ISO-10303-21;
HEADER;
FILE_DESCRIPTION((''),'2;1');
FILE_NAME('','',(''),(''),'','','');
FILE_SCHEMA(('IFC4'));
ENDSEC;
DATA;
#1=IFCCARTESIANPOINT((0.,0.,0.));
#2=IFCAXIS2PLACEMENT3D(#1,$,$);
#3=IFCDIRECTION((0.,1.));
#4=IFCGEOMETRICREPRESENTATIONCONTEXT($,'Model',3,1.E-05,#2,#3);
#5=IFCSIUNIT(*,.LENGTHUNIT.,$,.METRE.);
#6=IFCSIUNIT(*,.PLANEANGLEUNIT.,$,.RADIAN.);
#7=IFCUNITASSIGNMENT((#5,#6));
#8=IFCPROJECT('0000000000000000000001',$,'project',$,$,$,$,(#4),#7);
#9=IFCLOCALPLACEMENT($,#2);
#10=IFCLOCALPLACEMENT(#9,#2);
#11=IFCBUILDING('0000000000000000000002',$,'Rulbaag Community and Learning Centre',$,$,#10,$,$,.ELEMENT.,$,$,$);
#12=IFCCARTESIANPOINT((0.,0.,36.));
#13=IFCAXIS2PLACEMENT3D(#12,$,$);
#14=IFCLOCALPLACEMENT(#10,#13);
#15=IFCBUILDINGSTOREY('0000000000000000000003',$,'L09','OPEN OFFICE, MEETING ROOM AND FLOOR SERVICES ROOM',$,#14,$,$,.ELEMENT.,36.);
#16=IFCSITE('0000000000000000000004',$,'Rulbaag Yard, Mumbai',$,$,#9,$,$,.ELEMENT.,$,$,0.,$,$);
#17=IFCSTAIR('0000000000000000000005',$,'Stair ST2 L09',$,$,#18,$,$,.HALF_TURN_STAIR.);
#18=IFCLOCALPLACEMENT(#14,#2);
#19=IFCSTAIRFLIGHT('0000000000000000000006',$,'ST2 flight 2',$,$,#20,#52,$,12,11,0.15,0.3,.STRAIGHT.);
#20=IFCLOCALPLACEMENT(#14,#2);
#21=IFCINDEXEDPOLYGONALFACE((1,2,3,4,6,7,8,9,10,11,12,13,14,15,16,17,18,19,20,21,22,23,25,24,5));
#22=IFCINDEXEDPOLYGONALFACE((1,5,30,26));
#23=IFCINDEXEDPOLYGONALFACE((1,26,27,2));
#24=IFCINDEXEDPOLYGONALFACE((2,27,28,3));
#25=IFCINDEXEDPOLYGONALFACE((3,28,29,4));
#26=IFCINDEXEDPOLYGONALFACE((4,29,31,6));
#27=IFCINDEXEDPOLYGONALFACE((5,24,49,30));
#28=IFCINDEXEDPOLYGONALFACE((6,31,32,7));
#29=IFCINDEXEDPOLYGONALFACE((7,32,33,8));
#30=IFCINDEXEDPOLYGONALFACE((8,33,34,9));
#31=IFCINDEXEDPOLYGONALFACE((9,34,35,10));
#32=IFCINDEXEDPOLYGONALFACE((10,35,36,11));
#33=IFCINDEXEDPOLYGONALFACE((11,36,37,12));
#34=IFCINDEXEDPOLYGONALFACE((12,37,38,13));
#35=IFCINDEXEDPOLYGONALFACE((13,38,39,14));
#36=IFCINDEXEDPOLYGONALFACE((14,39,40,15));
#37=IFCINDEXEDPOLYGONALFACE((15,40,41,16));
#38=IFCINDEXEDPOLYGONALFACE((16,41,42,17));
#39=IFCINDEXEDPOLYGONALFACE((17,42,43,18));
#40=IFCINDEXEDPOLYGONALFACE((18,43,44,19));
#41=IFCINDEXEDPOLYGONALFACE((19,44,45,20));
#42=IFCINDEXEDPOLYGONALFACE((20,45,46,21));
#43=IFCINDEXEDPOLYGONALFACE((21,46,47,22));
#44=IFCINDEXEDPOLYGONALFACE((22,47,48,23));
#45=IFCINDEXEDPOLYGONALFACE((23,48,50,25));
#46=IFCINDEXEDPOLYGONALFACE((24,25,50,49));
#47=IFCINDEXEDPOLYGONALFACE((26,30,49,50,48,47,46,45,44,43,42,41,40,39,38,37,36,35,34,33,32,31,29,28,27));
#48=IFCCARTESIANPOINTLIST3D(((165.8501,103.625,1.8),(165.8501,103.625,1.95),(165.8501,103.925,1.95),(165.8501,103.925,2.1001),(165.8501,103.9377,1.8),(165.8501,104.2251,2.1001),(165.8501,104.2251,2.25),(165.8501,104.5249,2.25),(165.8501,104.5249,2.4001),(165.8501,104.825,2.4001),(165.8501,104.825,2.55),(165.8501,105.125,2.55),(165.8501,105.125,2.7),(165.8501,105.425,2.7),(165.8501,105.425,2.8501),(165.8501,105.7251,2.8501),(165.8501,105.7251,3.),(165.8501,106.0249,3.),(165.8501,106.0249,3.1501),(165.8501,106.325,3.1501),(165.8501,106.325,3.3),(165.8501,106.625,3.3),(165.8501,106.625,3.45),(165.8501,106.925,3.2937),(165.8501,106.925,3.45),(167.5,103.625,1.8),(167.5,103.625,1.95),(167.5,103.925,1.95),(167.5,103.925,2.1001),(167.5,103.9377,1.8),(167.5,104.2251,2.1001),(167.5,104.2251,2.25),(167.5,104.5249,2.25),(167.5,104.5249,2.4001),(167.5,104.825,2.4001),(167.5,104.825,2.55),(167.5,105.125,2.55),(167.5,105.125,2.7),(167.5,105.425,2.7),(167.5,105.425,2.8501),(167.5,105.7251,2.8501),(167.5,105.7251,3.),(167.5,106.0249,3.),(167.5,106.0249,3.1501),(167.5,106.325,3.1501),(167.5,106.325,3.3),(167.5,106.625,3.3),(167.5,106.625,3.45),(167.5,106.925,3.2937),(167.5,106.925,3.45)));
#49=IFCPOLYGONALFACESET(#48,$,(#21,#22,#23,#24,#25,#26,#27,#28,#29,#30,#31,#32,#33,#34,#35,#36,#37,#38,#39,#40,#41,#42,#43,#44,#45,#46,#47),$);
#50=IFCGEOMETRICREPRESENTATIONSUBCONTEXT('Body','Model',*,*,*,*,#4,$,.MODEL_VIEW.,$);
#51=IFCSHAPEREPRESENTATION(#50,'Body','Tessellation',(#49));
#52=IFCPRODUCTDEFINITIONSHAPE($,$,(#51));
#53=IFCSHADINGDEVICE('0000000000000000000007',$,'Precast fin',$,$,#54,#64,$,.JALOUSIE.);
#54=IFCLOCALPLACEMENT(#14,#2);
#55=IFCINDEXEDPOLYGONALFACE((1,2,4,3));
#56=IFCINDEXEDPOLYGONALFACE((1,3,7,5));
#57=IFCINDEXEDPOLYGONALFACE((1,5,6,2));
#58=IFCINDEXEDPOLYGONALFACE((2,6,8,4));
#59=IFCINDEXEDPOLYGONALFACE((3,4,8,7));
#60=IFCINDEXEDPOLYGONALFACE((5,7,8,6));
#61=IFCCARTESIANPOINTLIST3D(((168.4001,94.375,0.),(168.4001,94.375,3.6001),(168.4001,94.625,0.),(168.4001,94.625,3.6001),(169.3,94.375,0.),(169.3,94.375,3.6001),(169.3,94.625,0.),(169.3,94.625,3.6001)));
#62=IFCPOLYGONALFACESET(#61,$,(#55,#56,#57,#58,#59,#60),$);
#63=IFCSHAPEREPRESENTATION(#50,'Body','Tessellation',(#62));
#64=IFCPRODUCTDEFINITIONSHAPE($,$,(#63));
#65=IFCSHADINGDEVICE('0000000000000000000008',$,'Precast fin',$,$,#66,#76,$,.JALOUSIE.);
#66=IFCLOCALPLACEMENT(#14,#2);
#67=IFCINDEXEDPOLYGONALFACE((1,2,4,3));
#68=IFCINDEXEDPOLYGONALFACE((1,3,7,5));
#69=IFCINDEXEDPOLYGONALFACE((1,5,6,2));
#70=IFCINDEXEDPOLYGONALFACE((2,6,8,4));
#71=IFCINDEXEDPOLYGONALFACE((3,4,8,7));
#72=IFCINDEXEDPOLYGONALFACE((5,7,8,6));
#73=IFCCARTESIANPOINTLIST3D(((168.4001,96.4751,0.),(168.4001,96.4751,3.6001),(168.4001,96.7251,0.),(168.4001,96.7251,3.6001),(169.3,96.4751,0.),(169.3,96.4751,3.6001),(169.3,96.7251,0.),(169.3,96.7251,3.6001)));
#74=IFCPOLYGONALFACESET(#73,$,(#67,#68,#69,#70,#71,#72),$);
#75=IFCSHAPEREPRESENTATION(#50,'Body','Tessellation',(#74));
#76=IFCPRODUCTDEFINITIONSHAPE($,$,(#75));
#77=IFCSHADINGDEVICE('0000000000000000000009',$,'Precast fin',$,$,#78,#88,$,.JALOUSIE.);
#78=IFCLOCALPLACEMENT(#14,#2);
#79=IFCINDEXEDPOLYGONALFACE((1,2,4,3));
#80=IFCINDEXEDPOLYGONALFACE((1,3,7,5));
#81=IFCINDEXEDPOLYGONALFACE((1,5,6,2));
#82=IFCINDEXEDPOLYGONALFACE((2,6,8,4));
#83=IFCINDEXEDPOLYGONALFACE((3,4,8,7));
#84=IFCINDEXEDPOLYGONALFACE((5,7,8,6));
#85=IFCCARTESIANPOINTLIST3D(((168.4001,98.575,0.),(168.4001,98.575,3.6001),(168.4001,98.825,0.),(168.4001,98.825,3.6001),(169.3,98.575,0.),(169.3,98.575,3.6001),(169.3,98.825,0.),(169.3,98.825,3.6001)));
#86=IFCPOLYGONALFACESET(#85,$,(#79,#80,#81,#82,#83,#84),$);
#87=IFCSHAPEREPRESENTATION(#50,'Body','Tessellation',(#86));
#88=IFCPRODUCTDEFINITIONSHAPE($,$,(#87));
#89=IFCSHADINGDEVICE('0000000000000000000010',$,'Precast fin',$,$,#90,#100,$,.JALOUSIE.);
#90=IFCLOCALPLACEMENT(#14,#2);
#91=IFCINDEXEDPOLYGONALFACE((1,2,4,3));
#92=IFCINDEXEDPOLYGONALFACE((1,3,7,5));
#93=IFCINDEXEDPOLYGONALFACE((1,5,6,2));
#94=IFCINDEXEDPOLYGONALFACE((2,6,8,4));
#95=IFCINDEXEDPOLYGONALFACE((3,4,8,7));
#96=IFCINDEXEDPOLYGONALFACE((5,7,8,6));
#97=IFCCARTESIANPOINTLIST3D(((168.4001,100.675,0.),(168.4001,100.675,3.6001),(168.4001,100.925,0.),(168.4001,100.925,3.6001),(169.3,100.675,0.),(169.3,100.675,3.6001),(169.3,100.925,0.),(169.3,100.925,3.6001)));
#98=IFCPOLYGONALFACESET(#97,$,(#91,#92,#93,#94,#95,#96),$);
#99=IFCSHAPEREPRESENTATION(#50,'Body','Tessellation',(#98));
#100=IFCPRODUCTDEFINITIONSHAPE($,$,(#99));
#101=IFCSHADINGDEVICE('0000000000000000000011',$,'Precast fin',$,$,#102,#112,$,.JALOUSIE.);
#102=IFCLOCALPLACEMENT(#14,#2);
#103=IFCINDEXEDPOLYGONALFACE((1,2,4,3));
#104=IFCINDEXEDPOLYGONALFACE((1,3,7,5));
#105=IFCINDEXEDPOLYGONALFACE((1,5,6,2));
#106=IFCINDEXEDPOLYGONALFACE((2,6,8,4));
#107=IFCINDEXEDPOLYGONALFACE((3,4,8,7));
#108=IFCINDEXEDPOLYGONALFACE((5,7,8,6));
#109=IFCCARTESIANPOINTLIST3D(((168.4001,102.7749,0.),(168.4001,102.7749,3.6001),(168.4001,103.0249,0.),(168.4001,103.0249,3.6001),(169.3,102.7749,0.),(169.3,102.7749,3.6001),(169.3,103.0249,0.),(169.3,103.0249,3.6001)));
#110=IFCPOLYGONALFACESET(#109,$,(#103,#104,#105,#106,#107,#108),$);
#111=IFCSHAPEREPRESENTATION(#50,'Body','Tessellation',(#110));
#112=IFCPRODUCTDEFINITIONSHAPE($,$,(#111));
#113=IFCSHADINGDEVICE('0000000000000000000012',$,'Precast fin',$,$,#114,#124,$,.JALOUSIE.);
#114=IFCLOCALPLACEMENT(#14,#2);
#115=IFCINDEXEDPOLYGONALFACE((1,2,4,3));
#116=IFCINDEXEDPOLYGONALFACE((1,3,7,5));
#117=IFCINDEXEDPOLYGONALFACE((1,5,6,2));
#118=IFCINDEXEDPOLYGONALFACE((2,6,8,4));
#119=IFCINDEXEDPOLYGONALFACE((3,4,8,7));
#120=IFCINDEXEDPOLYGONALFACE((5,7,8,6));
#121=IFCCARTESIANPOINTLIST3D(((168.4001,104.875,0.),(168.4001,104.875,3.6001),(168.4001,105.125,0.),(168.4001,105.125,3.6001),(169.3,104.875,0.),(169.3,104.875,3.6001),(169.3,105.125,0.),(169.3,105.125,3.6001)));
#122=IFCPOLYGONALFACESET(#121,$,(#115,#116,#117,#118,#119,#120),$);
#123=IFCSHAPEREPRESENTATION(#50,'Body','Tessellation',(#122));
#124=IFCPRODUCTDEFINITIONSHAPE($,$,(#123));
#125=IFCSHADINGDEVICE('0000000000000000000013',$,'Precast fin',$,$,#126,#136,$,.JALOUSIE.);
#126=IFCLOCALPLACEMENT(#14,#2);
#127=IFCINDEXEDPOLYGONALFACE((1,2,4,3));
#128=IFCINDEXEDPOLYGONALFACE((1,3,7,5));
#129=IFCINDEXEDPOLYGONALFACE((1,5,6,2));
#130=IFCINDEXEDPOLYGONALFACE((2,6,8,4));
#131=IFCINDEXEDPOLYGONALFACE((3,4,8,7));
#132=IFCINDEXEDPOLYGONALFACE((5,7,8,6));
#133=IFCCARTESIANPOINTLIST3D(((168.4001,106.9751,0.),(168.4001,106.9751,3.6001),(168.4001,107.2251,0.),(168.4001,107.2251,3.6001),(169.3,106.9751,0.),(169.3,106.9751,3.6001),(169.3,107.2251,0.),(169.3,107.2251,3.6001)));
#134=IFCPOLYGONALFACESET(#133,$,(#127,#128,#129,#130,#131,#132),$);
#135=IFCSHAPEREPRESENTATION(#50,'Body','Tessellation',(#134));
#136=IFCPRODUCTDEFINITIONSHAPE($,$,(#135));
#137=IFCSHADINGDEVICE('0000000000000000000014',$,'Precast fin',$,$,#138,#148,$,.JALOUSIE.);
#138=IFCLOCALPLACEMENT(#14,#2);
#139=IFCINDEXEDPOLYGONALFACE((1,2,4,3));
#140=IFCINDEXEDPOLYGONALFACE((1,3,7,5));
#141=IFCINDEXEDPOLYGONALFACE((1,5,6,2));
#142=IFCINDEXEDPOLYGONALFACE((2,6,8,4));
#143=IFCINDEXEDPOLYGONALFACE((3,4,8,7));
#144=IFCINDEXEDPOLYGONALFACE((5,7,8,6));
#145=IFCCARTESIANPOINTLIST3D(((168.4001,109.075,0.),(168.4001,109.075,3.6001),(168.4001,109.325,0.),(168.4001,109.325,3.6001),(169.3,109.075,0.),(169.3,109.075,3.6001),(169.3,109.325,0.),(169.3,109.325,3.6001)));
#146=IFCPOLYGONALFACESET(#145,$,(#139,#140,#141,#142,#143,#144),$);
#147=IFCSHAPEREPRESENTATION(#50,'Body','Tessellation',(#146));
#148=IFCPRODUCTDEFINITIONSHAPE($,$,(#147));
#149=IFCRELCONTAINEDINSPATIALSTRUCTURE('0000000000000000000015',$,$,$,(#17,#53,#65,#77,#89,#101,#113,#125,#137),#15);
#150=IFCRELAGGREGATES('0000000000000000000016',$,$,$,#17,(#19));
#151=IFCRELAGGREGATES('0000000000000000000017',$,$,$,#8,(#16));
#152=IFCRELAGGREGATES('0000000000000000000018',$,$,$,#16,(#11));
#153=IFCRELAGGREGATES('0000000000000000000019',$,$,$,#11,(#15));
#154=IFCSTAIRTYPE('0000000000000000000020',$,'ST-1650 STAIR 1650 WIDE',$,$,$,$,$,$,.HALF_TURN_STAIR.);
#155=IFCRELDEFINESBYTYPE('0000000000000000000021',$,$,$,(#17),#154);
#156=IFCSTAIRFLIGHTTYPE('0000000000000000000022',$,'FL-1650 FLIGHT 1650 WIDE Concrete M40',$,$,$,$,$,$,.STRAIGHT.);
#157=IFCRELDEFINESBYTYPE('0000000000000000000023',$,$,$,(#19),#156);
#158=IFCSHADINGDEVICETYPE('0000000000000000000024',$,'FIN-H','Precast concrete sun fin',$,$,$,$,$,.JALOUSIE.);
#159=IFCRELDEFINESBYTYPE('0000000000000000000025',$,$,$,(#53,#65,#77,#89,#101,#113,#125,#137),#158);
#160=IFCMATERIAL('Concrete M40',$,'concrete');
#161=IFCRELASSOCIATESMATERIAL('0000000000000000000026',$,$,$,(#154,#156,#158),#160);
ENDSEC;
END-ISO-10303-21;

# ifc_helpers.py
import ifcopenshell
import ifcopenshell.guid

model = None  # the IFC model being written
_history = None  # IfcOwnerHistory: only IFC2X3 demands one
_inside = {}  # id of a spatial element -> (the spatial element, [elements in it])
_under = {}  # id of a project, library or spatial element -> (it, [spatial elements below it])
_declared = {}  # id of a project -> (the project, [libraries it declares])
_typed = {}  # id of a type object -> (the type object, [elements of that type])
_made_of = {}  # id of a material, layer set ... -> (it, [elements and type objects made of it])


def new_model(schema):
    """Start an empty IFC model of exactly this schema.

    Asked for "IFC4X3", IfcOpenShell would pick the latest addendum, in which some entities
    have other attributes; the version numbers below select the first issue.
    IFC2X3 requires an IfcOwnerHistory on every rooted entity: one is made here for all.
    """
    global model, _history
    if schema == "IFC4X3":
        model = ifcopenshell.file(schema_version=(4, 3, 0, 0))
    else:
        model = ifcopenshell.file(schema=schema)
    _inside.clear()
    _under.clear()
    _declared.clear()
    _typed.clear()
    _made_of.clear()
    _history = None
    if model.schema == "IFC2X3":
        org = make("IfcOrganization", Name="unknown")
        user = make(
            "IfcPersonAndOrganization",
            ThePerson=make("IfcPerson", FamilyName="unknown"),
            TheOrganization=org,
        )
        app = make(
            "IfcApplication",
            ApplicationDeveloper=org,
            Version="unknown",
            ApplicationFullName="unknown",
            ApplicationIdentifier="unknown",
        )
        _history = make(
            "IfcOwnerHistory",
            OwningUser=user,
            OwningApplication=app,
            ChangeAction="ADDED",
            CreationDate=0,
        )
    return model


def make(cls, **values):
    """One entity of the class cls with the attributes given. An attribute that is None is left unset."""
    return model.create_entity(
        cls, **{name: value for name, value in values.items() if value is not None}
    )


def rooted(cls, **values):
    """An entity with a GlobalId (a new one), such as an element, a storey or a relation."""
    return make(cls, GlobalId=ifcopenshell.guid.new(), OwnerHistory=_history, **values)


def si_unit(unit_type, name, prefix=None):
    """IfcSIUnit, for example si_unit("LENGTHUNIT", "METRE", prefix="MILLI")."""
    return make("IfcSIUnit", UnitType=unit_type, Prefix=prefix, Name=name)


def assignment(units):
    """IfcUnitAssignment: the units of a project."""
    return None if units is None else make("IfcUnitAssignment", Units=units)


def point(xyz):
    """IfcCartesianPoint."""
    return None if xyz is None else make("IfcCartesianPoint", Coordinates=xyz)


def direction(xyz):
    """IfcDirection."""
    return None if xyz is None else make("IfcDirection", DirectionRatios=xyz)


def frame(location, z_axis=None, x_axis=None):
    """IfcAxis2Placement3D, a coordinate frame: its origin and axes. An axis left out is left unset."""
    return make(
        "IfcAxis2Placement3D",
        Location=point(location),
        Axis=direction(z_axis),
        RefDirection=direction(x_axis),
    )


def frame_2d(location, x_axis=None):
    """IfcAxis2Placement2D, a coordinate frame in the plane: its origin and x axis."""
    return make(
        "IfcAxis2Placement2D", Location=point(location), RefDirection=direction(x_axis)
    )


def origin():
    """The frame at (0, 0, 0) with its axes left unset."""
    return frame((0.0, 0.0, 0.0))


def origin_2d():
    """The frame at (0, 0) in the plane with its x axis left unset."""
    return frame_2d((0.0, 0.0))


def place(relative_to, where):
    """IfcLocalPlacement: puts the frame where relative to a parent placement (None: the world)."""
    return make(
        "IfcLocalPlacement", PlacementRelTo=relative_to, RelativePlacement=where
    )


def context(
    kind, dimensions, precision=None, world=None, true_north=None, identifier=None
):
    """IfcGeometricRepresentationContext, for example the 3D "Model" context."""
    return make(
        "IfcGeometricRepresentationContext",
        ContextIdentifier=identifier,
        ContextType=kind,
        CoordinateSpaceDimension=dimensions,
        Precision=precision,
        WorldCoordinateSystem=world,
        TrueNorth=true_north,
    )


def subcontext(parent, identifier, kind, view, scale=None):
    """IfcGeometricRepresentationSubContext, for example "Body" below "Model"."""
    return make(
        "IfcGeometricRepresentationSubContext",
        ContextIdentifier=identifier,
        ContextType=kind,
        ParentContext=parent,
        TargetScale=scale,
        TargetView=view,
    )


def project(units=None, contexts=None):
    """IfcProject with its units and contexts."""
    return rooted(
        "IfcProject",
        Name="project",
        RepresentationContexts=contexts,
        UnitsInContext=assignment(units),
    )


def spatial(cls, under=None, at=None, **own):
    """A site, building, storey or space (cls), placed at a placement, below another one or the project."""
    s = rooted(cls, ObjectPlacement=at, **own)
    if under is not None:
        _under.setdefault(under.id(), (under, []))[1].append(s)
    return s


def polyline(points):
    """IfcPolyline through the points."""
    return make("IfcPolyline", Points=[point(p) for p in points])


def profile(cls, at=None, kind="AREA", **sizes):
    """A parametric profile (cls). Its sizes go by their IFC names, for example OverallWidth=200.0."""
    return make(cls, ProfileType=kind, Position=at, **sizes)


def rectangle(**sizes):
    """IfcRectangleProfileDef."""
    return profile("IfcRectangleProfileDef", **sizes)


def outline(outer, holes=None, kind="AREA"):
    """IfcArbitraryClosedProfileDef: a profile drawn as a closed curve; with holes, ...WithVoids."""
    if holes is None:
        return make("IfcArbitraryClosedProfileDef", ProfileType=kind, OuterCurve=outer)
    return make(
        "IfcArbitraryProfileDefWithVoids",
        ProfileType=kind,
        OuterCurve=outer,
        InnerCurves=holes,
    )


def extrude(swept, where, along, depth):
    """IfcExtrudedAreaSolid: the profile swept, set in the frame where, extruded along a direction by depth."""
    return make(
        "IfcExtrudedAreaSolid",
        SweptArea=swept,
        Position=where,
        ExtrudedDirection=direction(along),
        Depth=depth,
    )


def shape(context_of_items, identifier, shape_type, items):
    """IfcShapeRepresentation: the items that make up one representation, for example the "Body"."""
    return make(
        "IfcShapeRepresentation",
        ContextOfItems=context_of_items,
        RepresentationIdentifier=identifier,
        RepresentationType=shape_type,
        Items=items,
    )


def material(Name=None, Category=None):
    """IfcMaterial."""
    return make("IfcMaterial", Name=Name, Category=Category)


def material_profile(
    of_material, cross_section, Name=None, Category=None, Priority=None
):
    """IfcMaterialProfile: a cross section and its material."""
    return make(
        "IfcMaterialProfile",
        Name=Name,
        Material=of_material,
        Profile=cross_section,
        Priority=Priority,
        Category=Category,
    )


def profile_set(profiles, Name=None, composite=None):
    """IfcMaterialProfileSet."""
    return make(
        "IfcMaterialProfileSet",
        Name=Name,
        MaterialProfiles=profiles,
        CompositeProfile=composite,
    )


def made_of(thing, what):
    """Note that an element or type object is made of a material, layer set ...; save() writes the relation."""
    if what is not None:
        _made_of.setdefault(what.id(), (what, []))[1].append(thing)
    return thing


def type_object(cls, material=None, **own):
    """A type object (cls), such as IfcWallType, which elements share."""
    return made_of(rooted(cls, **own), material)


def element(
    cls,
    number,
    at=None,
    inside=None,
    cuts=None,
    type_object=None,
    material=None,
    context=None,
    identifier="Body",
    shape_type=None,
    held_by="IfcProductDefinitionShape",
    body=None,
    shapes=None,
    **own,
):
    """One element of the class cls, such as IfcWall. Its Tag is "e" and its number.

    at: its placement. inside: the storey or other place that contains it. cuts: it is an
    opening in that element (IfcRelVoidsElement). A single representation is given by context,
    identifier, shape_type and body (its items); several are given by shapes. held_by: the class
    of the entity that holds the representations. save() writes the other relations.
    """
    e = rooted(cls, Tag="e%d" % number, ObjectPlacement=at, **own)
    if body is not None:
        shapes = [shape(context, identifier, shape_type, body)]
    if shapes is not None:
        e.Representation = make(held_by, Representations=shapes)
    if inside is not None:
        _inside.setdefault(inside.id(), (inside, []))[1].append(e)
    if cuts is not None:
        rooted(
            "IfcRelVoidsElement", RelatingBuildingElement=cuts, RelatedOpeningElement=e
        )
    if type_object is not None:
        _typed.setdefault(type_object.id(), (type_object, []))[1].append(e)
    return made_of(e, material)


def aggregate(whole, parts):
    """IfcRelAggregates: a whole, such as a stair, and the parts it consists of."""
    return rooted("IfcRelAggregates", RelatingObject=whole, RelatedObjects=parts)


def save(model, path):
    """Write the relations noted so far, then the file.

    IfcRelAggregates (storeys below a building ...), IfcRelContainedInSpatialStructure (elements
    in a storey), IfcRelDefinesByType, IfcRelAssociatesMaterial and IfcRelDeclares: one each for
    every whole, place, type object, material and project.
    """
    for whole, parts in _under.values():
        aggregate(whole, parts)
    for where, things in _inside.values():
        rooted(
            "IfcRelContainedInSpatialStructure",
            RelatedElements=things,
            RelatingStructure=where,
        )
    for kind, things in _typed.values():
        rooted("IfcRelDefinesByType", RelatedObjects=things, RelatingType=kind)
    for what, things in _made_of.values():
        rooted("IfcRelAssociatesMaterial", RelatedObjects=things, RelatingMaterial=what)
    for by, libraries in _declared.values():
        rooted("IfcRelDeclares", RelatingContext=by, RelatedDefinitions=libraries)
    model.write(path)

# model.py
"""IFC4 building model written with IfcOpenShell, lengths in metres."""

from ifc_helpers import new_model, si_unit, direction, frame, origin, origin_2d, place, context, subcontext, project, spatial, polyline, rectangle, outline, extrude, material, material_profile, profile_set, type_object, element, aggregate, save


model = new_model("IFC4")

# Units and contexts
model_context = context("Model", 3, precision=1e-05, world=origin(), true_north=direction((0.0, 1.0)))
body_context = subcontext(model_context, "Body", "Model", "MODEL_VIEW")
ifc_project = project(units=[si_unit("LENGTHUNIT", "METRE"), si_unit("PLANEANGLEUNIT", "RADIAN")], contexts=[model_context])

# Site, building, storey
site_placement = place(None, origin())
site = spatial("IfcSite", under=ifc_project, at=site_placement, Name="Rulbaag Yard, Mumbai", CompositionType="ELEMENT", RefElevation=0.0)
building_placement = place(site_placement, origin())
building = spatial("IfcBuilding", under=site, at=building_placement, Name="Rulbaag Community and Learning Centre", CompositionType="ELEMENT")
storey_placement = place(building_placement, frame((0.0, 0.0, 36.0)))
storey = spatial("IfcBuildingStorey", under=building, at=storey_placement, Name="L09", Description="OPEN OFFICE, MEETING ROOM AND FLOOR SERVICES ROOM", CompositionType="ELEMENT", Elevation=36.0)

# Shared definitions
ifc_material_1 = material(Name="Concrete M40", Category="concrete")

# Stair, stair flight
stair_type = type_object("IfcStairType", Name="ST-1650 STAIR 1650 WIDE", PredefinedType="HALF_TURN_STAIR", material=ifc_material_1)
stair_placement = place(storey_placement, origin())
stair = element("IfcStair", 1, at=stair_placement, inside=storey, type_object=stair_type, Name="Stair ST2 L09", PredefinedType="HALF_TURN_STAIR")
stair_flight_type = type_object("IfcStairFlightType", Name="FL-1650 FLIGHT 1650 WIDE Concrete M40", PredefinedType="STRAIGHT", material=ifc_material_1)
stair_flight_1_placement = place(storey_placement, frame((166.675, 103.625, 1.8), z_axis=(0.0, 0.0, 1.0), x_axis=(0.0, 1.0, 0.0)))
stair_flight_1 = element("IfcStairFlight", 2, at=stair_flight_1_placement, type_object=stair_flight_type, Name="ST2 flight 2", NumberOfRisers=12, NumberOfTreads=11, PredefinedType="STRAIGHT", RiserHeight=0.15, TreadLength=0.3, context=body_context, shape_type="SweptSolid", body=[
    extrude(outline(polyline([(0.0, 0.0), (0.0, 0.1499), (0.3, 0.1499), (0.3, 0.3), (0.6001, 0.3), (0.6001, 0.45), (0.8999, 0.45), (0.8999, 0.6001), (1.2, 0.6001), (1.2, 0.75), (1.5, 0.75), (1.5, 0.8999), (1.8, 0.8999), (1.8, 1.05), (2.1001, 1.05), (2.1001, 1.2), (2.3999, 1.2), (2.3999, 1.3501), (2.7, 1.3501), (2.7, 1.5), (3.0, 1.5), (3.0, 1.6499), (3.3, 1.6499), (3.3, 1.4937), (0.3127, 0.0), (0.0, 0.0)])), frame((0.0, 0.825, 0.0), z_axis=(0.0, -1.0, 0.0), x_axis=(1.0, 0.0, 0.0)), (0.0, 0.0, 1.0), 1.6499),
])
aggregate(stair, [stair_flight_1])

# Shading devices
ifc_material_profile_1 = material_profile(ifc_material_1, rectangle(XDim=0.25, YDim=0.8999, at=origin_2d()), Name="PC 250x900")
ifc_profile_set_1 = profile_set([ifc_material_profile_1], Name="Concrete M40")
shading_device_type = type_object("IfcShadingDeviceType", Name="FIN-H", Description="Precast concrete sun fin", PredefinedType="JALOUSIE", material=ifc_profile_set_1)
for number, where, z_axis, x_axis, name in (
    (3, (168.8501, 94.5, 0.0), (0.0, 0.0, 1.0), (0.0, 1.0, 0.0), "Precast fin"),
    (4, (168.8501, 96.6001, 0.0), (0.0, 0.0, 1.0), (0.0, 1.0, 0.0), "Precast fin"),
    (5, (168.8501, 98.7, 0.0), (0.0, 0.0, 1.0), (0.0, 1.0, 0.0), "Precast fin"),
    (6, (168.8501, 100.8, 0.0), (0.0, 0.0, 1.0), (0.0, 1.0, 0.0), "Precast fin"),
    (7, (168.8501, 102.8999, 0.0), (0.0, 0.0, 1.0), (0.0, 1.0, 0.0), "Precast fin"),
    (8, (168.8501, 105.0, 0.0), (0.0, 0.0, 1.0), (0.0, 1.0, 0.0), "Precast fin"),
    (9, (168.8501, 107.1001, 0.0), (0.0, 0.0, 1.0), (0.0, 1.0, 0.0), "Precast fin"),
    (10, (168.8501, 109.2, 0.0), (0.0, 0.0, 1.0), (0.0, 1.0, 0.0), "Precast fin"),
):
    element("IfcShadingDevice", number, at=place(storey_placement, frame(where, z_axis=z_axis, x_axis=x_axis)), inside=storey, type_object=shading_device_type, Name=name, PredefinedType="JALOUSIE", context=body_context, shape_type="SweptSolid", body=[
        extrude(rectangle(XDim=0.25, YDim=0.8999, at=origin_2d()), origin(), (0.0, 0.0, 1.0), 3.6001),
    ])

save(model, "model.ifc")
